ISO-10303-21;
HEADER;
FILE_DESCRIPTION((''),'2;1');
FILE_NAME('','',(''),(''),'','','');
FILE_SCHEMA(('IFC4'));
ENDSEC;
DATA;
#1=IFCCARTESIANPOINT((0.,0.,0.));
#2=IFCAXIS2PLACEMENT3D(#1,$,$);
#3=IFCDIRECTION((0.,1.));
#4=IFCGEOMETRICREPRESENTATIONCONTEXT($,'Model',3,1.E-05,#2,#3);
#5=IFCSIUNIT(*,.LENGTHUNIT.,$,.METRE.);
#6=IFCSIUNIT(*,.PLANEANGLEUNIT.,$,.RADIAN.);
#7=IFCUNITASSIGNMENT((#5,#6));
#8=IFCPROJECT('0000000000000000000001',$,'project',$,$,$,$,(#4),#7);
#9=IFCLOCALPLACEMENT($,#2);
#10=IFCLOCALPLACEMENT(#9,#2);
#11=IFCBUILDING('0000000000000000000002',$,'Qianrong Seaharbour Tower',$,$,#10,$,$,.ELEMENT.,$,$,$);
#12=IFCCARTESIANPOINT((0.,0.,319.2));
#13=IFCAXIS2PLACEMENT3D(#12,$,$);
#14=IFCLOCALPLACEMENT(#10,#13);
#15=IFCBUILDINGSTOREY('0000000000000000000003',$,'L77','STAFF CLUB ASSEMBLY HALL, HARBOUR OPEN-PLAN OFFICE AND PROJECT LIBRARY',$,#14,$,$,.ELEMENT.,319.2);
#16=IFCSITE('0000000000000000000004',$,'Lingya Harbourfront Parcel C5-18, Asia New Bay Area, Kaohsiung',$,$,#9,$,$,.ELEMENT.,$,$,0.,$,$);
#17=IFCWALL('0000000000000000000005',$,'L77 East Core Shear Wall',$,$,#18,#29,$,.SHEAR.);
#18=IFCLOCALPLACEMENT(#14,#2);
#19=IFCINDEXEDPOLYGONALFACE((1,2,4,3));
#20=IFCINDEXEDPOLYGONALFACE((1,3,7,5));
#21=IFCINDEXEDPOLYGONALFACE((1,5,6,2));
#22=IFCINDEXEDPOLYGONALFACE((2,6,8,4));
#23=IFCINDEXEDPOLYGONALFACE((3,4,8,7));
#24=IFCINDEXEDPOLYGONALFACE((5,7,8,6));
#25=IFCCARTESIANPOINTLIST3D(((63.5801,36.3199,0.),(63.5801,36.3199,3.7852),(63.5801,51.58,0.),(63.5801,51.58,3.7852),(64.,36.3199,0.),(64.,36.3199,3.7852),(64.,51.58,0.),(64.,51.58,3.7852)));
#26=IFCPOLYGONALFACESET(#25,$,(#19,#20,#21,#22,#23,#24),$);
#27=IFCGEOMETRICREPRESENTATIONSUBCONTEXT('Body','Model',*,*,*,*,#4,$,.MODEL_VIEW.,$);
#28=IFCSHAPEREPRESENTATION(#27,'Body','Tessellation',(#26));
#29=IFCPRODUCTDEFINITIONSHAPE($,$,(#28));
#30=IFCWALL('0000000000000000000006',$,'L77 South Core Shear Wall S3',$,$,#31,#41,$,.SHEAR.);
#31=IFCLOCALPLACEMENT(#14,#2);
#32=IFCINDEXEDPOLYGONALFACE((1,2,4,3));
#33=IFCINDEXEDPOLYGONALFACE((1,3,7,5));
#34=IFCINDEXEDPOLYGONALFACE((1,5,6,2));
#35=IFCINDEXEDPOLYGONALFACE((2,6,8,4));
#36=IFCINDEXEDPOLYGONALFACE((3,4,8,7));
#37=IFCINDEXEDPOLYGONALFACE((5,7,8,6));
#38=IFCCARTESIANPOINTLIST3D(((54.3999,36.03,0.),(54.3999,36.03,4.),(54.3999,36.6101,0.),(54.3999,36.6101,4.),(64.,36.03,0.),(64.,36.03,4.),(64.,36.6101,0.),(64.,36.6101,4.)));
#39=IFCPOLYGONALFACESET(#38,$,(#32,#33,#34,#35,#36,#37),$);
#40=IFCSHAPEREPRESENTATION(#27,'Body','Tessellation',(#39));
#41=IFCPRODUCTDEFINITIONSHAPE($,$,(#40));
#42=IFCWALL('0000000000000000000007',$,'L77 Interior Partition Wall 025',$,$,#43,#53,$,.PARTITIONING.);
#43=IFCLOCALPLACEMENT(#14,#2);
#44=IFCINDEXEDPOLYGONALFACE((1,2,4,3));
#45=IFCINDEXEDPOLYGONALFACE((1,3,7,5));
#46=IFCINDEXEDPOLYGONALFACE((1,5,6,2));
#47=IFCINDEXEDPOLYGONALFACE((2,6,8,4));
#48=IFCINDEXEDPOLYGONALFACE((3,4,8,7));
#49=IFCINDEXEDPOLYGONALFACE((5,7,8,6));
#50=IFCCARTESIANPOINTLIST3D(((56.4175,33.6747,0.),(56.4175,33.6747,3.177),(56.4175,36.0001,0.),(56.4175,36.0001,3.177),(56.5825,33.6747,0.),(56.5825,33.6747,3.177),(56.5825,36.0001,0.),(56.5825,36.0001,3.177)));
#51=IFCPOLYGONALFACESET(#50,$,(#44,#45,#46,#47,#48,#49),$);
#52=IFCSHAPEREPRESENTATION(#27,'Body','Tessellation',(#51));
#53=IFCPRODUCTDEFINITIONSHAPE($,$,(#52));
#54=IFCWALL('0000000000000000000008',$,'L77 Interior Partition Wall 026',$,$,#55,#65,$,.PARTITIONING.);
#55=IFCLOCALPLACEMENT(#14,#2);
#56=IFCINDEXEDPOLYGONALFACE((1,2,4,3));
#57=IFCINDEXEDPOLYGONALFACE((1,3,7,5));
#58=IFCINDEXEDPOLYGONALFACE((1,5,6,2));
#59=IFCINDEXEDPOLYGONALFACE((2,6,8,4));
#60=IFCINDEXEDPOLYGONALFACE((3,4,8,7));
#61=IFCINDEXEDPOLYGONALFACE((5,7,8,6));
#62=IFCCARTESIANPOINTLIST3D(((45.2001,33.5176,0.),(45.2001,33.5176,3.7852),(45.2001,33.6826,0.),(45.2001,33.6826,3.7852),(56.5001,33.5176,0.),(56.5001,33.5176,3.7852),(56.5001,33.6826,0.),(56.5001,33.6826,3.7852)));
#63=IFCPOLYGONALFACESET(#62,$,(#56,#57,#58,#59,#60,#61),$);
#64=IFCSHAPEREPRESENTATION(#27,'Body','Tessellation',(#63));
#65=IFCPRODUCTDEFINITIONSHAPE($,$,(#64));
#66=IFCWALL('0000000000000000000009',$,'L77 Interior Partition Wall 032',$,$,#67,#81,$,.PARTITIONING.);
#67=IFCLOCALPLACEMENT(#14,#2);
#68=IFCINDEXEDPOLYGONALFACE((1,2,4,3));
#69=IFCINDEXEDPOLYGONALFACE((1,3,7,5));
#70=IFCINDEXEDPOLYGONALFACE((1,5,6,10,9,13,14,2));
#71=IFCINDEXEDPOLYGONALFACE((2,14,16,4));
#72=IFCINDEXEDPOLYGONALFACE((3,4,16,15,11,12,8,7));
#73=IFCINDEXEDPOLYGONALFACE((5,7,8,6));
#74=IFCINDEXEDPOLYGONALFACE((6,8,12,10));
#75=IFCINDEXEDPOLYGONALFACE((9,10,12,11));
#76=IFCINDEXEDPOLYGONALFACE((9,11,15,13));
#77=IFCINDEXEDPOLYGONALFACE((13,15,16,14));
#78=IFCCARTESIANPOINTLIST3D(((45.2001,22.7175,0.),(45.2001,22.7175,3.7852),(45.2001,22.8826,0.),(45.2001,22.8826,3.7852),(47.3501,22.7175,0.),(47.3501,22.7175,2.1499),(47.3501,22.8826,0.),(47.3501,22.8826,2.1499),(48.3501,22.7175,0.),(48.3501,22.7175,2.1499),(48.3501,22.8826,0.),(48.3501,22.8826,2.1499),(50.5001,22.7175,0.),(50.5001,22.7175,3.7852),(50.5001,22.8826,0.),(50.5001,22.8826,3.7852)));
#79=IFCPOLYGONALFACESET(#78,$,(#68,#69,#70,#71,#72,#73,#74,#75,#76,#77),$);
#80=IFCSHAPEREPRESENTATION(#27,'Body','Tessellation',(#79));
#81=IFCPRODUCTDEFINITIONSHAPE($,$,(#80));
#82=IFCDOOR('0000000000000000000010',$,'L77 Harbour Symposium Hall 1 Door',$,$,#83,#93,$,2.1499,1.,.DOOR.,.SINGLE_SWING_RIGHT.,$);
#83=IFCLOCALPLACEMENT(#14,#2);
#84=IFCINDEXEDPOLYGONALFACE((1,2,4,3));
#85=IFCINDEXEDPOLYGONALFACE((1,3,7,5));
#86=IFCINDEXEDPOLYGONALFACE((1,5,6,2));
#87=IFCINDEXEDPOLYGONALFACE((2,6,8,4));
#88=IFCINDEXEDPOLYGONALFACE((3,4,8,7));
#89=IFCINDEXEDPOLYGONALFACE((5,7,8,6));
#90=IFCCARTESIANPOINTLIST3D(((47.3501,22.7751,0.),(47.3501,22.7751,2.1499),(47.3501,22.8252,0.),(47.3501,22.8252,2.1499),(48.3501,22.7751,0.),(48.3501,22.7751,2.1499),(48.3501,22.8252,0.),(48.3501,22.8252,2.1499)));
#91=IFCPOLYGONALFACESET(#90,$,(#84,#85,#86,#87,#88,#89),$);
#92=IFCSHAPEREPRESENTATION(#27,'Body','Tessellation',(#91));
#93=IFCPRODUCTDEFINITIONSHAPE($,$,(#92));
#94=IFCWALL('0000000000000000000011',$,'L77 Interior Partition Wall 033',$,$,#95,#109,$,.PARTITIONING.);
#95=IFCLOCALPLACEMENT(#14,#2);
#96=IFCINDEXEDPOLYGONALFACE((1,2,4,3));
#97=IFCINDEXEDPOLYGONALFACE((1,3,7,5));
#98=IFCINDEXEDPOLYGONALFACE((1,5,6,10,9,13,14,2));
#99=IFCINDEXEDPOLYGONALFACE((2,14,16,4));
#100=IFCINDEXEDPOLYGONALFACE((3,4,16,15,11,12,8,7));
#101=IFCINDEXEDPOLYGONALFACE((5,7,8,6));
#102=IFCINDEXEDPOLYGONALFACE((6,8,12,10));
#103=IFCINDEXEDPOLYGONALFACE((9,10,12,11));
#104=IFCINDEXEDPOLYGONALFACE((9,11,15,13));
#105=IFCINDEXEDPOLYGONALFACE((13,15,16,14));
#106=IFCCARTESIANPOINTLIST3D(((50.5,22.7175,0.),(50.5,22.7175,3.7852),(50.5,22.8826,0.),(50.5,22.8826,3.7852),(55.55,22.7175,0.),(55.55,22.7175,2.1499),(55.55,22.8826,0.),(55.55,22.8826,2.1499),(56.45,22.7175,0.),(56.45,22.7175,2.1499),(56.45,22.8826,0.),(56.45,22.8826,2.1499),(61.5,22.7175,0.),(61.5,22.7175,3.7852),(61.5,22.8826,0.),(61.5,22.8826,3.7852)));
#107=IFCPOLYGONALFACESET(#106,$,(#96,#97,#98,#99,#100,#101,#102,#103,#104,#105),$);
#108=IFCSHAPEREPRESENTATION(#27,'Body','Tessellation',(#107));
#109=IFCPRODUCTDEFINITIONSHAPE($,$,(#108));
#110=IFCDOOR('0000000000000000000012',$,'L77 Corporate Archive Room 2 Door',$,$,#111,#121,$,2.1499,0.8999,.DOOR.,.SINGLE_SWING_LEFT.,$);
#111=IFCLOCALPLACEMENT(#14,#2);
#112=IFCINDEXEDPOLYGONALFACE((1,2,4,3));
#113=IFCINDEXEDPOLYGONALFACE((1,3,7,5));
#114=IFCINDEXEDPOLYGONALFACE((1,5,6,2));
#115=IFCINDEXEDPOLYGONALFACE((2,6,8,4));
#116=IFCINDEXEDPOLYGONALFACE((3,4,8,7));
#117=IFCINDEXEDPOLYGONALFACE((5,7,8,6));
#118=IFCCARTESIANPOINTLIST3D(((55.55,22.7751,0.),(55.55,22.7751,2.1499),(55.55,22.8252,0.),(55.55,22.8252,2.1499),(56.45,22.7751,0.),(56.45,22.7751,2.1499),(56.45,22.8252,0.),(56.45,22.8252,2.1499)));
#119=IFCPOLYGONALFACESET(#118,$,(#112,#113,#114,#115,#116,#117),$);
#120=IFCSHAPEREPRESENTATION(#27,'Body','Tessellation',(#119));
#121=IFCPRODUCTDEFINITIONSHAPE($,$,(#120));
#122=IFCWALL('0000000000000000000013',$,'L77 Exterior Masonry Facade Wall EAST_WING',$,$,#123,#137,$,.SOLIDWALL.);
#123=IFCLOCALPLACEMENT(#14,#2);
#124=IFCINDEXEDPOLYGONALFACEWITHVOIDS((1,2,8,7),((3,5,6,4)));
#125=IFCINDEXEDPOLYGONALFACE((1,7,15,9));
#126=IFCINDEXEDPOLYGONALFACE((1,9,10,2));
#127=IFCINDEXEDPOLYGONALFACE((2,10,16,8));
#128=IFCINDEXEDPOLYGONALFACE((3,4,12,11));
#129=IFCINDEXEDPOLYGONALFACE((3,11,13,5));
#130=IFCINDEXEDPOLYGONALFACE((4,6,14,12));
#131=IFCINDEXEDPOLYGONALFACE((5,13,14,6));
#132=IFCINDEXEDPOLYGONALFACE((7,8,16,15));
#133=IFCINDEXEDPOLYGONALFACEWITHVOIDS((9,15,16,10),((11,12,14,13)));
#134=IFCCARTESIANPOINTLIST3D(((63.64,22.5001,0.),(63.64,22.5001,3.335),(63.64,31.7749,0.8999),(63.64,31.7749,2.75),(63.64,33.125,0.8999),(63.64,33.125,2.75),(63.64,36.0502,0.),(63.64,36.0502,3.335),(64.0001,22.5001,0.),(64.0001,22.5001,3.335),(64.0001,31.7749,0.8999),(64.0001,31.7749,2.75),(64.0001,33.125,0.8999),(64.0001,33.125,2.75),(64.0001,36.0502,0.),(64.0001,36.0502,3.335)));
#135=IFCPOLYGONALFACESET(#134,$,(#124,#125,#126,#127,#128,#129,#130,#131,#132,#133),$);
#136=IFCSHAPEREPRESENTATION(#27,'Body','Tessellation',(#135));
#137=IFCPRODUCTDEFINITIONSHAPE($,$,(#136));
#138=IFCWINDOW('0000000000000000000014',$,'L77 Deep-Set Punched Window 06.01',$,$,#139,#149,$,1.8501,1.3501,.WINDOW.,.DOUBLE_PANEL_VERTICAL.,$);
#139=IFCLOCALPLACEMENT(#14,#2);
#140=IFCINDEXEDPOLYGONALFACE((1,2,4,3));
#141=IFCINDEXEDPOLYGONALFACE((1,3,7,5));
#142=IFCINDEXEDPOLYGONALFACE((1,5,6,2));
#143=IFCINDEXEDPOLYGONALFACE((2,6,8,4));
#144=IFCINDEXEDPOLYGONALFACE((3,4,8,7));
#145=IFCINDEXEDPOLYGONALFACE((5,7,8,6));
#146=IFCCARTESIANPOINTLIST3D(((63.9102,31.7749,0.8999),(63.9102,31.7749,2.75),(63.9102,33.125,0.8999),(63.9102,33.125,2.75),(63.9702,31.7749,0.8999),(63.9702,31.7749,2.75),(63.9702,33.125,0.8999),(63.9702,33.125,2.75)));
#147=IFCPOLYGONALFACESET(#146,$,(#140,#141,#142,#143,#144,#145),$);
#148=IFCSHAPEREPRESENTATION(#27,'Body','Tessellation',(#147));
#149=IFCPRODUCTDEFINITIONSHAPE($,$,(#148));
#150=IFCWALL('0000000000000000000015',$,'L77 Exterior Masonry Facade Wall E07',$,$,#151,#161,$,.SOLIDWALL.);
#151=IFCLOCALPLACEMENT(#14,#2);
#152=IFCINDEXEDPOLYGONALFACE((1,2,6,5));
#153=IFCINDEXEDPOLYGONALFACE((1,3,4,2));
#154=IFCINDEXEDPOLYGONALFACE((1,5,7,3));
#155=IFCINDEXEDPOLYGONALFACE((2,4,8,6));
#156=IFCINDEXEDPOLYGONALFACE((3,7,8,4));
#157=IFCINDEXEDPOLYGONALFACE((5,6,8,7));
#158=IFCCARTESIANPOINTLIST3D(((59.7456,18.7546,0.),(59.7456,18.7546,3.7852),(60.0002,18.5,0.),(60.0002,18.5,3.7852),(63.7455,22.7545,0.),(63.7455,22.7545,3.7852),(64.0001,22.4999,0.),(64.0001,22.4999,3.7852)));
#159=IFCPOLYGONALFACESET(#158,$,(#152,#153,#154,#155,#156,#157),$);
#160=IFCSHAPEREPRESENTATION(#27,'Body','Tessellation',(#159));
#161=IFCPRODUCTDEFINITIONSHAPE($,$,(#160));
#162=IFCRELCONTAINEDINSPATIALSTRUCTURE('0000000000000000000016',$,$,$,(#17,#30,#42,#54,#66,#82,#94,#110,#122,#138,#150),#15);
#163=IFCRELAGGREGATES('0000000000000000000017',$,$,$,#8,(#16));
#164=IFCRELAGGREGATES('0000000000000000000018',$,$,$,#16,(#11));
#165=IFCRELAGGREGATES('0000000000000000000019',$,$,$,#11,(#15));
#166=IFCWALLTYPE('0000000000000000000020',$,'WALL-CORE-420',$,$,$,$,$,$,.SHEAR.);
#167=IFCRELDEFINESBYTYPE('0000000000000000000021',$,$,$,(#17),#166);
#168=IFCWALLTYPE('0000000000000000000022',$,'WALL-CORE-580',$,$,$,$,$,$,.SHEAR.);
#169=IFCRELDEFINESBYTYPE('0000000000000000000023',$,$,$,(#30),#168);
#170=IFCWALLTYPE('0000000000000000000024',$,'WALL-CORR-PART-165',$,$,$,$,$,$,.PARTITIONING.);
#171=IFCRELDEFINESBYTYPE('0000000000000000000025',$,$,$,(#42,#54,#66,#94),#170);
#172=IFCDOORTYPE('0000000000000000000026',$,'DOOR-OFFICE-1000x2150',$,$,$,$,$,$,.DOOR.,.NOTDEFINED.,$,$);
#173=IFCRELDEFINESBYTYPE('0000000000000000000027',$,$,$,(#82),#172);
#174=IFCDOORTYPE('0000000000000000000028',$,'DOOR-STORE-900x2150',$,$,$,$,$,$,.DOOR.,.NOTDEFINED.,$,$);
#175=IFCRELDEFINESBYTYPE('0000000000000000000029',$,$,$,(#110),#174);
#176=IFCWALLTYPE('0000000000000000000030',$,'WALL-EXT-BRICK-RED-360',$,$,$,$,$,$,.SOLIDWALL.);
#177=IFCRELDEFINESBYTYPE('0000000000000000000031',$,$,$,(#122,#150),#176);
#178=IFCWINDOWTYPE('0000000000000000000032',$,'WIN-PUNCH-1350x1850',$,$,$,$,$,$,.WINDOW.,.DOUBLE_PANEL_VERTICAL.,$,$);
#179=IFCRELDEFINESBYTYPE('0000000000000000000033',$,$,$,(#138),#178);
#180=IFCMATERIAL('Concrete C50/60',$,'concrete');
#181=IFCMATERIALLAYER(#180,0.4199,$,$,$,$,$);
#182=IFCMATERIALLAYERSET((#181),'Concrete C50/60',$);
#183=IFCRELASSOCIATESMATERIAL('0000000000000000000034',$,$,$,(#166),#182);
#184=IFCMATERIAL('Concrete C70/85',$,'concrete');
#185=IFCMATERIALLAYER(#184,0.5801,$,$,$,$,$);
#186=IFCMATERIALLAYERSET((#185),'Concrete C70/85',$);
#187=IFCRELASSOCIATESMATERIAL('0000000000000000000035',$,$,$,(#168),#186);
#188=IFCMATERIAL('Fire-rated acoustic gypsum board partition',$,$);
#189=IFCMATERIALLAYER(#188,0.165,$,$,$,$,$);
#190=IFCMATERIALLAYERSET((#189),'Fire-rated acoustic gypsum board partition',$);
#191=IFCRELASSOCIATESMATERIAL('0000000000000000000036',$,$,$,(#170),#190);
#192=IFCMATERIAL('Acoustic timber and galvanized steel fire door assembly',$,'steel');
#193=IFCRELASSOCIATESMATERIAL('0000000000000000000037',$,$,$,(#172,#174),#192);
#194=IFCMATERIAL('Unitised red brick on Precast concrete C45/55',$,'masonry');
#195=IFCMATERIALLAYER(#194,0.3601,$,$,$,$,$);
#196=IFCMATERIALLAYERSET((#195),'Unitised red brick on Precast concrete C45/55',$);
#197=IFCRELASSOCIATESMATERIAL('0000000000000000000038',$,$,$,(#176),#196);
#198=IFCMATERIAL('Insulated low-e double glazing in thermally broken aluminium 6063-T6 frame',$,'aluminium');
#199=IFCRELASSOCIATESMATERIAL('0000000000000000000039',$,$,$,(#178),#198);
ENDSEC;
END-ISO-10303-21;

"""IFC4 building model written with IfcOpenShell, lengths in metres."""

from ifc_helpers import new_model, si_unit, direction, frame, frame_2d, origin, place, context, subcontext, project, spatial, rectangle, extrude, material, layer, layer_set, type_object, element, fill, save


model = new_model("IFC4")

# Units and contexts
model_context = context("Model", 3, precision=1e-05, world=origin(), true_north=direction((0.0, 1.0)))
body_context = subcontext(model_context, "Body", "Model", "MODEL_VIEW")
ifc_project = project(units=[si_unit("LENGTHUNIT", "METRE"), si_unit("PLANEANGLEUNIT", "RADIAN")], contexts=[model_context])

# Site, building, storey
site_placement = place(None, origin())
site = spatial("IfcSite", under=ifc_project, at=site_placement, Name="Lingya Harbourfront Parcel C5-18, Asia New Bay Area, Kaohsiung", CompositionType="ELEMENT", RefElevation=0.0)
building_placement = place(site_placement, origin())
building = spatial("IfcBuilding", under=site, at=building_placement, Name="Qianrong Seaharbour Tower", CompositionType="ELEMENT")
storey_placement = place(building_placement, frame((0.0, 0.0, 319.2)))
storey = spatial("IfcBuildingStorey", under=building, at=storey_placement, Name="L77", Description="STAFF CLUB ASSEMBLY HALL, HARBOUR OPEN-PLAN OFFICE AND PROJECT LIBRARY", CompositionType="ELEMENT", Elevation=319.2)

# Shared definitions
ifc_material_1 = material(Name="Concrete C50/60", Category="concrete")

# Walls
ifc_layer_1 = layer(ifc_material_1, 0.4199)
ifc_layer_set_1 = layer_set([ifc_layer_1], Name="Concrete C50/60")
wall_type_1 = type_object("IfcWallType", Name="WALL-CORE-420", PredefinedType="SHEAR", material=ifc_layer_set_1)
wall_1_placement = place(storey_placement, frame((63.79, 36.3201, 0.0), z_axis=(0.0, 0.0, 1.0), x_axis=(0.0, 1.0, 0.0)))
element("IfcWall", 1, at=wall_1_placement, inside=storey, type_object=wall_type_1, Name="L77 East Core Shear Wall", PredefinedType="SHEAR", context=body_context, shape_type="SweptSolid", body=[
    extrude(rectangle(XDim=15.26, YDim=0.4199, at=frame_2d((7.6299, 0.0))), origin(), (0.0, 0.0, 1.0), 3.7852),
])
ifc_material_2 = material(Name="Concrete C70/85", Category="concrete")
ifc_layer_2 = layer(ifc_material_2, 0.5801)
ifc_layer_set_2 = layer_set([ifc_layer_2], Name="Concrete C70/85")
wall_type_2 = type_object("IfcWallType", Name="WALL-CORE-580", PredefinedType="SHEAR", material=ifc_layer_set_2)
wall_2_placement = place(storey_placement, frame((54.3999, 36.3201, 0.0), z_axis=(0.0, 0.0, 1.0), x_axis=(1.0, 0.0, 0.0)))
element("IfcWall", 2, at=wall_2_placement, inside=storey, type_object=wall_type_2, Name="L77 South Core Shear Wall S3", PredefinedType="SHEAR", context=body_context, shape_type="SweptSolid", body=[
    extrude(rectangle(XDim=9.6001, YDim=0.5801, at=frame_2d((4.8, 0.0))), origin(), (0.0, 0.0, 1.0), 4.0),
])
ifc_material_3 = material(Name="Fire-rated acoustic gypsum board partition")
ifc_layer_3 = layer(ifc_material_3, 0.165)
ifc_layer_set_3 = layer_set([ifc_layer_3], Name="Fire-rated acoustic gypsum board partition")
wall_type_3 = type_object("IfcWallType", Name="WALL-CORR-PART-165", PredefinedType="PARTITIONING", material=ifc_layer_set_3)
wall_3_placement = place(storey_placement, frame((56.5, 36.0, 0.0), z_axis=(0.0, 0.0, 1.0), x_axis=(0.0, -1.0, 0.0)))
element("IfcWall", 3, at=wall_3_placement, inside=storey, type_object=wall_type_3, Name="L77 Interior Partition Wall 025", PredefinedType="PARTITIONING", context=body_context, shape_type="SweptSolid", body=[
    extrude(rectangle(XDim=2.3254, YDim=0.165, at=frame_2d((1.1626, 0.0))), origin(), (0.0, 0.0, 1.0), 3.177),
])
wall_4_placement = place(storey_placement, frame((56.5, 33.6001, 0.0), z_axis=(0.0, 0.0, 1.0), x_axis=(-1.0, 0.0, 0.0)))
element("IfcWall", 4, at=wall_4_placement, inside=storey, type_object=wall_type_3, Name="L77 Interior Partition Wall 026", PredefinedType="PARTITIONING", context=body_context, shape_type="SweptSolid", body=[
    extrude(rectangle(XDim=11.3, YDim=0.165, at=frame_2d((5.6499, 0.0))), origin(), (0.0, 0.0, 1.0), 3.7852),
])

# Walls, openings, doors
wall_5_placement = place(storey_placement, frame((50.5, 22.8, 0.0), z_axis=(0.0, 0.0, 1.0), x_axis=(-1.0, 0.0, 0.0)))
wall_5 = element("IfcWall", 5, at=wall_5_placement, inside=storey, type_object=wall_type_3, Name="L77 Interior Partition Wall 032", PredefinedType="PARTITIONING", context=body_context, shape_type="SweptSolid", body=[
    extrude(rectangle(XDim=5.3, YDim=0.165, at=frame_2d((2.6499, 0.0))), origin(), (0.0, 0.0, 1.0), 3.7852),
])
opening_1_placement = place(wall_5_placement, frame((2.1499, 0.0, 0.0)))
opening_1 = element("IfcOpeningElement", 6, at=opening_1_placement, cuts=wall_5, PredefinedType="OPENING", context=body_context, shape_type="SweptSolid", body=[
    extrude(rectangle(XDim=1.0, YDim=2.1499, at=frame_2d((0.5, 1.075))), frame((0.0, 0.0925, 0.0), z_axis=(0.0, -1.0, 0.0), x_axis=(1.0, 0.0, 0.0)), (0.0, 0.0, 1.0), 0.1851),
])
ifc_material_4 = material(Name="Acoustic timber and galvanized steel fire door assembly", Category="steel")
door_type_1 = type_object("IfcDoorType", Name="DOOR-OFFICE-1000x2150", OperationType="NOTDEFINED", PredefinedType="DOOR", material=ifc_material_4)
door_1_placement = place(opening_1_placement, origin())
door_1 = element("IfcDoor", 7, at=door_1_placement, inside=storey, type_object=door_type_1, Name="L77 Harbour Symposium Hall 1 Door", OperationType="SINGLE_SWING_RIGHT", OverallHeight=2.1499, OverallWidth=1.0, PredefinedType="DOOR", context=body_context, shape_type="SweptSolid", body=[
    extrude(rectangle(XDim=1.0, YDim=2.1499, at=frame_2d((0.5, 1.075))), frame((0.0, 0.0249, 0.0), z_axis=(0.0, -1.0, 0.0), x_axis=(1.0, 0.0, 0.0)), (0.0, 0.0, 1.0), 0.05),
])
fill(opening_1, door_1)
wall_6_placement = place(storey_placement, frame((61.5, 22.8, 0.0), z_axis=(0.0, 0.0, 1.0), x_axis=(-1.0, 0.0, 0.0)))
wall_6 = element("IfcWall", 8, at=wall_6_placement, inside=storey, type_object=wall_type_3, Name="L77 Interior Partition Wall 033", PredefinedType="PARTITIONING", context=body_context, shape_type="SweptSolid", body=[
    extrude(rectangle(XDim=11.0, YDim=0.165, at=frame_2d((5.5, 0.0))), origin(), (0.0, 0.0, 1.0), 3.7852),
])
opening_2_placement = place(wall_6_placement, frame((5.05, 0.0, 0.0)))
opening_2 = element("IfcOpeningElement", 9, at=opening_2_placement, cuts=wall_6, PredefinedType="OPENING", context=body_context, shape_type="SweptSolid", body=[
    extrude(rectangle(XDim=0.8999, YDim=2.1499, at=frame_2d((0.45, 1.075))), frame((0.0, 0.0925, 0.0), z_axis=(0.0, -1.0, 0.0), x_axis=(1.0, 0.0, 0.0)), (0.0, 0.0, 1.0), 0.1851),
])
door_type_2 = type_object("IfcDoorType", Name="DOOR-STORE-900x2150", OperationType="NOTDEFINED", PredefinedType="DOOR", material=ifc_material_4)
door_2_placement = place(opening_2_placement, origin())
door_2 = element("IfcDoor", 10, at=door_2_placement, inside=storey, type_object=door_type_2, Name="L77 Corporate Archive Room 2 Door", OperationType="SINGLE_SWING_LEFT", OverallHeight=2.1499, OverallWidth=0.8999, PredefinedType="DOOR", context=body_context, shape_type="SweptSolid", body=[
    extrude(rectangle(XDim=0.8999, YDim=2.1499, at=frame_2d((0.45, 1.075))), frame((0.0, 0.0249, 0.0), z_axis=(0.0, -1.0, 0.0), x_axis=(1.0, 0.0, 0.0)), (0.0, 0.0, 1.0), 0.05),
])
fill(opening_2, door_2)

# Wall, opening, window
ifc_material_5 = material(Name="Unitised red brick on Precast concrete C45/55", Category="masonry")
ifc_layer_4 = layer(ifc_material_5, 0.3601)
ifc_layer_set_4 = layer_set([ifc_layer_4], Name="Unitised red brick on Precast concrete C45/55")
wall_type_4 = type_object("IfcWallType", Name="WALL-EXT-BRICK-RED-360", PredefinedType="SOLIDWALL", material=ifc_layer_set_4)
wall_7_placement = place(storey_placement, frame((63.8201, 36.05, 0.0), z_axis=(0.0, 0.0, 1.0), x_axis=(0.0, -1.0, 0.0)))
wall_7 = element("IfcWall", 11, at=wall_7_placement, inside=storey, type_object=wall_type_4, Name="L77 Exterior Masonry Facade Wall EAST_WING", PredefinedType="SOLIDWALL", context=body_context, shape_type="SweptSolid", body=[
    extrude(rectangle(XDim=13.55, YDim=0.3601, at=frame_2d((6.7749, 0.0))), origin(), (0.0, 0.0, 1.0), 3.335),
])
opening_3_placement = place(wall_7_placement, frame((2.925, 0.0, 0.8999)))
opening_3 = element("IfcOpeningElement", 12, at=opening_3_placement, cuts=wall_7, PredefinedType="OPENING", context=body_context, shape_type="SweptSolid", body=[
    extrude(rectangle(XDim=1.3501, YDim=1.8501, at=frame_2d((0.675, 0.925))), frame((0.0, 0.1899, 0.0), z_axis=(0.0, -1.0, 0.0), x_axis=(1.0, 0.0, 0.0)), (0.0, 0.0, 1.0), 0.3801),
])
ifc_material_6 = material(Name="Insulated low-e double glazing in thermally broken aluminium 6063-T6 frame", Category="aluminium")
window_type = type_object("IfcWindowType", Name="WIN-PUNCH-1350x1850", PartitioningType="DOUBLE_PANEL_VERTICAL", PredefinedType="WINDOW", material=ifc_material_6)
window_1_placement = place(opening_3_placement, origin())
window_1 = element("IfcWindow", 13, at=window_1_placement, inside=storey, type_object=window_type, Name="L77 Deep-Set Punched Window 06.01", OverallHeight=1.8501, OverallWidth=1.3501, PartitioningType="DOUBLE_PANEL_VERTICAL", PredefinedType="WINDOW", context=body_context, shape_type="SweptSolid", body=[
    extrude(rectangle(XDim=1.3501, YDim=1.8501, at=frame_2d((0.675, 0.925))), frame((0.0, 0.1501, 0.0), z_axis=(0.0, -1.0, 0.0), x_axis=(1.0, 0.0, 0.0)), (0.0, 0.0, 1.0), 0.0601),
])
fill(opening_3, window_1)

# Wall
wall_8_placement = place(storey_placement, frame((63.8728, 22.6272, 0.0), z_axis=(0.0, 0.0, 1.0), x_axis=(-0.707107, -0.707107, 0.0)))
element("IfcWall", 14, at=wall_8_placement, inside=storey, type_object=wall_type_4, Name="L77 Exterior Masonry Facade Wall E07", PredefinedType="SOLIDWALL", context=body_context, shape_type="SweptSolid", body=[
    extrude(rectangle(XDim=5.6567, YDim=0.3601, at=frame_2d((2.8284, 0.0))), origin(), (0.0, 0.0, 1.0), 3.7852),
])

save(model, "model.ifc")
